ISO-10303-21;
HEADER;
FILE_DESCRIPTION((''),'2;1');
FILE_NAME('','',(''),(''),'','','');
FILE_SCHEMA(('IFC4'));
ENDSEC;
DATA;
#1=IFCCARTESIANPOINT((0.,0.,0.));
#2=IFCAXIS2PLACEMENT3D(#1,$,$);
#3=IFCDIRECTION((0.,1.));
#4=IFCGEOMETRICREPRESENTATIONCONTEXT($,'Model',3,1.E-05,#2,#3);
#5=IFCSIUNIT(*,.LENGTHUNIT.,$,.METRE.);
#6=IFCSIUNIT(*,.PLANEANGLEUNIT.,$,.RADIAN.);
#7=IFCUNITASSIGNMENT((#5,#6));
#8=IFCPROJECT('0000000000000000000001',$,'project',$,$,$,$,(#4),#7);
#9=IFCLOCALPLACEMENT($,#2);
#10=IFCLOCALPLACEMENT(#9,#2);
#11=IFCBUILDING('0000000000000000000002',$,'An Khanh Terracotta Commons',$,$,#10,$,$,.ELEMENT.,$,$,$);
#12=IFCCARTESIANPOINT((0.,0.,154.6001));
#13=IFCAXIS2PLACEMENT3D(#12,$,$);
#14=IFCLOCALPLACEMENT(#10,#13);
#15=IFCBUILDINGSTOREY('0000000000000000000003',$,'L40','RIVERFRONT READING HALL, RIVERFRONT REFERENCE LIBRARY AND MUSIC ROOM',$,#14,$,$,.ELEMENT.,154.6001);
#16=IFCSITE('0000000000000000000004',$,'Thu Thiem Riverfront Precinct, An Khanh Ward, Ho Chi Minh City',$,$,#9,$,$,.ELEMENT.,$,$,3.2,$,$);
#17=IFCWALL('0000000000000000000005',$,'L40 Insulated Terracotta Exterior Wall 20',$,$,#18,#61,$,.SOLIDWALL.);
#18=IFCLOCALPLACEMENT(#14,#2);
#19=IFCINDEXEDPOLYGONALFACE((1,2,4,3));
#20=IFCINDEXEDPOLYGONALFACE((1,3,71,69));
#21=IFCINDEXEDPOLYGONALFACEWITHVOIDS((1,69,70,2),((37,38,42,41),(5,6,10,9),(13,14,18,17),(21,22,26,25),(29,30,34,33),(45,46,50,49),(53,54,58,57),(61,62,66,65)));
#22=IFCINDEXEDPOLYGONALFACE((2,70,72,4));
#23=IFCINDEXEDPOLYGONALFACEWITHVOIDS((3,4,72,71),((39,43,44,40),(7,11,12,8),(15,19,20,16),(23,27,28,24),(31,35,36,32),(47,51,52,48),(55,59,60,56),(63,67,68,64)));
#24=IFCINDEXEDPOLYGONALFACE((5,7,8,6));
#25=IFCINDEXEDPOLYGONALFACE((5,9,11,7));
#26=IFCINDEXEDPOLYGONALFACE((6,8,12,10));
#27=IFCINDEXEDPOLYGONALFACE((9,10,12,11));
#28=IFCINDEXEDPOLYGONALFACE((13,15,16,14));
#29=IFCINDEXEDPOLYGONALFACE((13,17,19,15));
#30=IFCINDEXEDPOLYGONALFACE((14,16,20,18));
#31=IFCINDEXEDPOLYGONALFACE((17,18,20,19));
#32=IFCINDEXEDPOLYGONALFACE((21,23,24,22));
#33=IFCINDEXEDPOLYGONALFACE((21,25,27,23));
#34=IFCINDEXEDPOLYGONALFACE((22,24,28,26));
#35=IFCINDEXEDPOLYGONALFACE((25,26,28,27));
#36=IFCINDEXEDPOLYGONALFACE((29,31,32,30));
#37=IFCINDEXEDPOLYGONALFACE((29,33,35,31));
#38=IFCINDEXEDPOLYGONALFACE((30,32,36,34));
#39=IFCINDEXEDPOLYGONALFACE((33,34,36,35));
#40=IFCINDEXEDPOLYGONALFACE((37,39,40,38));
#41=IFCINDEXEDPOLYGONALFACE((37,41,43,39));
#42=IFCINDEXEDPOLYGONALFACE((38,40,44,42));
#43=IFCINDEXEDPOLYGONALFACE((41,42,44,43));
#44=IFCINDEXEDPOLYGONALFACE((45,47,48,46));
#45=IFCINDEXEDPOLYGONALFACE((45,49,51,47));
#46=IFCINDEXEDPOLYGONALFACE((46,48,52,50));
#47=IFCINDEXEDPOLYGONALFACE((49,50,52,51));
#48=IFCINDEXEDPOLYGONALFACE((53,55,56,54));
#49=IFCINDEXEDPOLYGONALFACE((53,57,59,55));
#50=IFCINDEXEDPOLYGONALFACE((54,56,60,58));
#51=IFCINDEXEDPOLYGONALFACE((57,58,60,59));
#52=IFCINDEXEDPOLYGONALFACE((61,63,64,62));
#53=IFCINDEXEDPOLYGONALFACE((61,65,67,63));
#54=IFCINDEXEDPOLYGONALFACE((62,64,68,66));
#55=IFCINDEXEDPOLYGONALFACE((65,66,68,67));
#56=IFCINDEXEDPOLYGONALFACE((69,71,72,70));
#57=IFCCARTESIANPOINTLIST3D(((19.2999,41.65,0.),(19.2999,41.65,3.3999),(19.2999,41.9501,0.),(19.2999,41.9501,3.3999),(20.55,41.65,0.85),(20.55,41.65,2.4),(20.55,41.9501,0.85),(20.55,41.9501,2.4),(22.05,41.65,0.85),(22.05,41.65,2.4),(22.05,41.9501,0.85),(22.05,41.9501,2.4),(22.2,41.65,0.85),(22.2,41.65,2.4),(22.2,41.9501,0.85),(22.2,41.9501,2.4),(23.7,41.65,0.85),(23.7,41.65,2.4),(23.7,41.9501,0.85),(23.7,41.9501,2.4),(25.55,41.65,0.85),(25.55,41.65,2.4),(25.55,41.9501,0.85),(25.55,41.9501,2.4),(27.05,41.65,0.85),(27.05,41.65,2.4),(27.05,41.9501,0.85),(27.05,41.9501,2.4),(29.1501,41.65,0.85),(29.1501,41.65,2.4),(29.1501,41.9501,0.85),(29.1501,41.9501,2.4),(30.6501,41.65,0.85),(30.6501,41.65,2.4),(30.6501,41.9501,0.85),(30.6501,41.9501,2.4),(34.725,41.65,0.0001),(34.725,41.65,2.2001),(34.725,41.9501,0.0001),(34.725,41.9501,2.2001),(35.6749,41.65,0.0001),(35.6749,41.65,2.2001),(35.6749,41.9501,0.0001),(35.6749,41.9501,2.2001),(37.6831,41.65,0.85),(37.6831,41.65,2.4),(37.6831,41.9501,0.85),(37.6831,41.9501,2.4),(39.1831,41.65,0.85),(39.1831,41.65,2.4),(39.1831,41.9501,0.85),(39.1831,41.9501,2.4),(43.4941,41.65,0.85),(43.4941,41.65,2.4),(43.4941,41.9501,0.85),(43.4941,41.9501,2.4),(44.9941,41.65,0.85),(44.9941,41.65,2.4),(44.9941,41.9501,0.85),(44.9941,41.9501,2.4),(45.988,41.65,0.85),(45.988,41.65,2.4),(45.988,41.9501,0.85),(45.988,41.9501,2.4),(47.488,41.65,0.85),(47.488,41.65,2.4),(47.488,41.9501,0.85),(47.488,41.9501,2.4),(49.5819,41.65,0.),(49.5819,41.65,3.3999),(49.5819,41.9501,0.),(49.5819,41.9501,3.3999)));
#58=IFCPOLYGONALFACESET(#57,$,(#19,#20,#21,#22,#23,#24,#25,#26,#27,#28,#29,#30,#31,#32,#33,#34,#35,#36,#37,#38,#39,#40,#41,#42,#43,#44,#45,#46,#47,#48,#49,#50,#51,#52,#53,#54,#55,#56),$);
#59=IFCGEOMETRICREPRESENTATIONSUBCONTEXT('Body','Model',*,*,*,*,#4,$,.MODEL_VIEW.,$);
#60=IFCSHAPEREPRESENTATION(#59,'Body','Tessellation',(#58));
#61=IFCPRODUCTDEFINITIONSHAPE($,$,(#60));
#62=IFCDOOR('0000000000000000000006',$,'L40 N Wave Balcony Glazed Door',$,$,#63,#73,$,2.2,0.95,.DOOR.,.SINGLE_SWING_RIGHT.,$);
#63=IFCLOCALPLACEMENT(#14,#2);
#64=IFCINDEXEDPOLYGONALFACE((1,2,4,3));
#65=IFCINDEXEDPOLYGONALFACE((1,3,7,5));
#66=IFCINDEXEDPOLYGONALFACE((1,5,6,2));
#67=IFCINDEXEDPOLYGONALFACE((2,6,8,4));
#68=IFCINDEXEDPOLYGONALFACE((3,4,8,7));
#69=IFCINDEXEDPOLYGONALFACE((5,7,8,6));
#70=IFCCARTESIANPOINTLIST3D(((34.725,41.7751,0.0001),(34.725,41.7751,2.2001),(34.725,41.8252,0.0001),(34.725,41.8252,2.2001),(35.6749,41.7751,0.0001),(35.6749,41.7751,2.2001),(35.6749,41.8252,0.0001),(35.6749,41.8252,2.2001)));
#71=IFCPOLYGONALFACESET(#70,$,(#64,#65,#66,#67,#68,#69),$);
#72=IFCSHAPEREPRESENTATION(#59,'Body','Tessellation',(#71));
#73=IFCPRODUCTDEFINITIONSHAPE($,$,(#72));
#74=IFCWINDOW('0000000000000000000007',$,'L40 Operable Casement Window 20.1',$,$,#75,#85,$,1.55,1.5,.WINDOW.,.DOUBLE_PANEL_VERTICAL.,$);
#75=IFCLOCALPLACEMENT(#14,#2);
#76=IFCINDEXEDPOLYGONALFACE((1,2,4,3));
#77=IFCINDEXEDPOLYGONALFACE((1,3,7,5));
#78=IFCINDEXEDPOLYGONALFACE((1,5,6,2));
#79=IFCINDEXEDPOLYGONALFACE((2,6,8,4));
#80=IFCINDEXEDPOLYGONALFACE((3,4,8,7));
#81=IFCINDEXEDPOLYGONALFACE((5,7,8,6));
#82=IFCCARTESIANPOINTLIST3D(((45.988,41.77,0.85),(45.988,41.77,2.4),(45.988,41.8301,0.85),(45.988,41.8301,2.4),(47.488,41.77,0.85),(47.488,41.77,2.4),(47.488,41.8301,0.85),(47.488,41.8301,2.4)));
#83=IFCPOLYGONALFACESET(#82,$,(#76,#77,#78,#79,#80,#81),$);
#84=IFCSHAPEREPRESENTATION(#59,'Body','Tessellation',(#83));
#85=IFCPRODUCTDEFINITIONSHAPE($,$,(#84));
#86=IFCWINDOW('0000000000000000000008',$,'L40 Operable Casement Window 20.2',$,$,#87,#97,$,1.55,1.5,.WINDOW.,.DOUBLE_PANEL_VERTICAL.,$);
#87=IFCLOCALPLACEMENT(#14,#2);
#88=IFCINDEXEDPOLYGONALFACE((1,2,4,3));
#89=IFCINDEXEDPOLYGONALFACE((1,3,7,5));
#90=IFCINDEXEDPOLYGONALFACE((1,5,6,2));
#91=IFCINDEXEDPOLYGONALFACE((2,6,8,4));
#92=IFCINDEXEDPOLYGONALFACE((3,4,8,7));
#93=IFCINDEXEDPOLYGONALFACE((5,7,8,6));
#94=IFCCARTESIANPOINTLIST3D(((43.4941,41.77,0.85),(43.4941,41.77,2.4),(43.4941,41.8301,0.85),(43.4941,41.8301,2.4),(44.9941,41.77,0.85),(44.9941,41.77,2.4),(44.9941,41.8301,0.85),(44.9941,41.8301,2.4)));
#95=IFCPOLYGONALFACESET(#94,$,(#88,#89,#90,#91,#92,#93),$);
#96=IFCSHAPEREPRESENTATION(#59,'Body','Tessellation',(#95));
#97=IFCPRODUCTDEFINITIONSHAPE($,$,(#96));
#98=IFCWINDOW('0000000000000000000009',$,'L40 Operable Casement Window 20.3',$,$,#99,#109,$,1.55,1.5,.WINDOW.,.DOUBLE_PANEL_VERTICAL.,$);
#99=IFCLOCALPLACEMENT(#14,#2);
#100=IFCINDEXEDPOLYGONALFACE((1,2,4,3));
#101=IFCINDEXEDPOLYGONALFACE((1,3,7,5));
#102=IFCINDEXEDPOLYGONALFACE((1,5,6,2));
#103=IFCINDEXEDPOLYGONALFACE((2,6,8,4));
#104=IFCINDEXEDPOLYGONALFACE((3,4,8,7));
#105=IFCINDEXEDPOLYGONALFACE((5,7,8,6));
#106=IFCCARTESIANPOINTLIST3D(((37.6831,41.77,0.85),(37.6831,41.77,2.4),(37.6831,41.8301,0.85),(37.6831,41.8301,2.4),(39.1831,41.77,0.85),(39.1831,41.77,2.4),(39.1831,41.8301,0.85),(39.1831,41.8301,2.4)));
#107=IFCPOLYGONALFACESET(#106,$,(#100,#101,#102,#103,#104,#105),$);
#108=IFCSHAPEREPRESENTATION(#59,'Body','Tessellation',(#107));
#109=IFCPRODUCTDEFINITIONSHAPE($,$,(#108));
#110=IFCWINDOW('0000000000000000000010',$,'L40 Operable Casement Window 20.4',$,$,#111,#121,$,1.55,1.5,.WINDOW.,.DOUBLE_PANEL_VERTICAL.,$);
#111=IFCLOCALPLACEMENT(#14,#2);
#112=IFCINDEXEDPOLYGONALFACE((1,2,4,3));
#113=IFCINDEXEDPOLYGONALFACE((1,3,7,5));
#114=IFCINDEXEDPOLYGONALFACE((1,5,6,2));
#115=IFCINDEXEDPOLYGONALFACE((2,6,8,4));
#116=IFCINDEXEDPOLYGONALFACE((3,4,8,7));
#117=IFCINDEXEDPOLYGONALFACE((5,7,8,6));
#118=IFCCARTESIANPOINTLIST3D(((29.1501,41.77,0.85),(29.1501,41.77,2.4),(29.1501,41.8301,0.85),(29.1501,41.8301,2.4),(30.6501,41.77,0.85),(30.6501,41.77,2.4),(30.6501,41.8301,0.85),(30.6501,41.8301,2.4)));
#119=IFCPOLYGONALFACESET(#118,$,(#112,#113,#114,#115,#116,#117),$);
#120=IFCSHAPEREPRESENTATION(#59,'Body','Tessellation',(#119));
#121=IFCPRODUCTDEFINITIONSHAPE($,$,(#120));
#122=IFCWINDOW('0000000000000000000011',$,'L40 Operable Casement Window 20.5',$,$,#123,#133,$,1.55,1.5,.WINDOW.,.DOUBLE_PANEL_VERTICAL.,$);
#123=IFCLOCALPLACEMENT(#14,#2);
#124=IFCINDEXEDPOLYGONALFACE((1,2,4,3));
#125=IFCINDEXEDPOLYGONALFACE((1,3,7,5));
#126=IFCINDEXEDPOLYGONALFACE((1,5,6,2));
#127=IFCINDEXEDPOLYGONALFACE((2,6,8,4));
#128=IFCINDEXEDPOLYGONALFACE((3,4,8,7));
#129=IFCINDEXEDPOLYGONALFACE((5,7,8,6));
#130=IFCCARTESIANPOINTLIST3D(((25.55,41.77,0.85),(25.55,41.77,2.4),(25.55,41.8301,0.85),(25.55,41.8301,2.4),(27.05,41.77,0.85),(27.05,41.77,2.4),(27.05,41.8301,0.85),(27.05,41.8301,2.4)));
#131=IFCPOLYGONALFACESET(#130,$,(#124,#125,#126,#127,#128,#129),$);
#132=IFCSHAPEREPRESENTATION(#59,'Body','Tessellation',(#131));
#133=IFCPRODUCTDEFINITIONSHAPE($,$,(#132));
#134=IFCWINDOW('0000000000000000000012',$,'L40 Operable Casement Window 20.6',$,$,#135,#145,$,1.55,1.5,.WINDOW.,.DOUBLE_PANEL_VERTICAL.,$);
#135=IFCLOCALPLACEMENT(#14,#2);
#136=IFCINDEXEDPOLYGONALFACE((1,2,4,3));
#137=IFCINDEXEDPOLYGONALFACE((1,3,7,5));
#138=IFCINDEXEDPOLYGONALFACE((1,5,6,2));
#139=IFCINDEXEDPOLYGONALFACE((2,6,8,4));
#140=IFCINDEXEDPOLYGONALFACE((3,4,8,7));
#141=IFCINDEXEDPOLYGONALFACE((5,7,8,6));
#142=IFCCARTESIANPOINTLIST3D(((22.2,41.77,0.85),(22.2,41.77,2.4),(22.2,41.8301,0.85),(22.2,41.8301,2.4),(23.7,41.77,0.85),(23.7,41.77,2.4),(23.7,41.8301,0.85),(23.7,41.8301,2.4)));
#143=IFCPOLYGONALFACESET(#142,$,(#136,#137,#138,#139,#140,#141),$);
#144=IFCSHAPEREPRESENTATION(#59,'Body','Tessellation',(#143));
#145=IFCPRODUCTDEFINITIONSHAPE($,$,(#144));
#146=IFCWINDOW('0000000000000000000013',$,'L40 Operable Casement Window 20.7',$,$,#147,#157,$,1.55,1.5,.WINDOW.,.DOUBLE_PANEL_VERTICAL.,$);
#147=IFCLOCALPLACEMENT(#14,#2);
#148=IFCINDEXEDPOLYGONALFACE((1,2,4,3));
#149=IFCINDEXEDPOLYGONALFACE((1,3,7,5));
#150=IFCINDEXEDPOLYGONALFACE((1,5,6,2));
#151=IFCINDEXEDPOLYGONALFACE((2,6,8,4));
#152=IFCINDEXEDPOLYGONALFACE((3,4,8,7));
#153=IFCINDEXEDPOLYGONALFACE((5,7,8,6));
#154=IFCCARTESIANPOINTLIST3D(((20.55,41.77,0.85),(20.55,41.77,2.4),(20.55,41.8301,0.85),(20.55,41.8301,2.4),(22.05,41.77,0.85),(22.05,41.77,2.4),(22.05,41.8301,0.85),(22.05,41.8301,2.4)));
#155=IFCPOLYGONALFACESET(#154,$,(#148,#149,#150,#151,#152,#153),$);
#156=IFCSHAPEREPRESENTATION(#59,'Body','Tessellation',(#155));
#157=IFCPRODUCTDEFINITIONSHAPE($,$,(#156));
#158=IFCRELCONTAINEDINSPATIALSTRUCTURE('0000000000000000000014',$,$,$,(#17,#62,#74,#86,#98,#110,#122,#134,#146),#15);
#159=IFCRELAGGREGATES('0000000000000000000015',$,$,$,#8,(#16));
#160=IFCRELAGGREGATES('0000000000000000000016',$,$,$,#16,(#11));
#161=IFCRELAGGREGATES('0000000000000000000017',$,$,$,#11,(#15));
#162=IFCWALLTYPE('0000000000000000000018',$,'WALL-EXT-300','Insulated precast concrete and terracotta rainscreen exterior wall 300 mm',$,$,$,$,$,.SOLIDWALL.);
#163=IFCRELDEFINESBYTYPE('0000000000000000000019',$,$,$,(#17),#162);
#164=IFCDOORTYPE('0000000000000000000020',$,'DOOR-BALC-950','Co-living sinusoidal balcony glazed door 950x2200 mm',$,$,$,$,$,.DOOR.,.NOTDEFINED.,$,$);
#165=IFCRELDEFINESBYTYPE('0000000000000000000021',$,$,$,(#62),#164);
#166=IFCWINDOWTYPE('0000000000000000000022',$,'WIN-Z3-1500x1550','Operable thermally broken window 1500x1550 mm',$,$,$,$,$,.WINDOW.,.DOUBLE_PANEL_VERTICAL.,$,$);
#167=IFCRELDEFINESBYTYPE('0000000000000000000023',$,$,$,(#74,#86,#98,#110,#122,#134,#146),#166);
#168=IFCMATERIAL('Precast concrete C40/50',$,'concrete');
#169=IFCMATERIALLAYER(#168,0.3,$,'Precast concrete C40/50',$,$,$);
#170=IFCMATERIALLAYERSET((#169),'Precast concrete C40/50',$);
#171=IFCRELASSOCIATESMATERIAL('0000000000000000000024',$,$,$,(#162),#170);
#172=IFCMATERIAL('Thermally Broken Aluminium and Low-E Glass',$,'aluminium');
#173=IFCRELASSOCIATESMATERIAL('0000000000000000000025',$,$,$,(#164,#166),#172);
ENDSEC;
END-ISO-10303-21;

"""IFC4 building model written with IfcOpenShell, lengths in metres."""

from ifc_helpers import new_model, si_unit, direction, frame, frame_2d, origin, place, context, subcontext, project, spatial, rectangle, extrude, material, layer, layer_set, type_object, element, fill, save


model = new_model("IFC4")

# Units and contexts
model_context = context("Model", 3, precision=1e-05, world=origin(), true_north=direction((0.0, 1.0)))
body_context = subcontext(model_context, "Body", "Model", "MODEL_VIEW")
ifc_project = project(units=[si_unit("LENGTHUNIT", "METRE"), si_unit("PLANEANGLEUNIT", "RADIAN")], contexts=[model_context])

# Site, building, storey
site_placement = place(None, origin())
site = spatial("IfcSite", under=ifc_project, at=site_placement, Name="Thu Thiem Riverfront Precinct, An Khanh Ward, Ho Chi Minh City", CompositionType="ELEMENT", RefElevation=3.2)
building_placement = place(site_placement, origin())
building = spatial("IfcBuilding", under=site, at=building_placement, Name="An Khanh Terracotta Commons", CompositionType="ELEMENT")
storey_placement = place(building_placement, frame((0.0, 0.0, 154.6001)))
storey = spatial("IfcBuildingStorey", under=building, at=storey_placement, Name="L40", Description="RIVERFRONT READING HALL, RIVERFRONT REFERENCE LIBRARY AND MUSIC ROOM", CompositionType="ELEMENT", Elevation=154.6001)

# Wall, openings, door, windows
ifc_material_1 = material(Name="Precast concrete C40/50", Category="concrete")
ifc_layer_1 = layer(ifc_material_1, 0.3, Name="Precast concrete C40/50")
ifc_layer_set_1 = layer_set([ifc_layer_1], Name="Precast concrete C40/50")
wall_type_1 = type_object("IfcWallType", Name="WALL-EXT-300", Description="Insulated precast concrete and terracotta rainscreen exterior wall 300 mm", PredefinedType="SOLIDWALL", material=ifc_layer_set_1)
wall_1_placement = place(storey_placement, frame((49.582, 41.8, 0.0), z_axis=(0.0, 0.0, 1.0), x_axis=(-1.0, 0.0, 0.0)))
wall_1 = element("IfcWall", 1, at=wall_1_placement, inside=storey, type_object=wall_type_1, Name="L40 Insulated Terracotta Exterior Wall 20", PredefinedType="SOLIDWALL", context=body_context, shape_type="SweptSolid", body=[
    extrude(rectangle(XDim=30.282, YDim=0.3, at=frame_2d((15.1411, 0.0))), origin(), (0.0, 0.0, 1.0), 3.3999),
])
opening_1_placement = place(wall_1_placement, frame((13.907, 0.0, 0.0)))
opening_1 = element("IfcOpeningElement", 2, at=opening_1_placement, cuts=wall_1, PredefinedType="OPENING", context=body_context, shape_type="SweptSolid", body=[
    extrude(rectangle(XDim=0.95, YDim=2.2, at=frame_2d((0.4751, 1.1001))), frame((0.0, 0.1599, 0.0), z_axis=(0.0, -1.0, 0.0), x_axis=(1.0, 0.0, 0.0)), (0.0, 0.0, 1.0), 0.3201),
])
opening_2_placement = place(wall_1_placement, frame((2.094, 0.0, 0.8501)))
opening_2 = element("IfcOpeningElement", 3, at=opening_2_placement, cuts=wall_1, PredefinedType="OPENING", context=body_context, shape_type="SweptSolid", body=[
    extrude(rectangle(XDim=1.5, YDim=1.55, at=frame_2d((0.75, 0.7749))), frame((0.0, 0.1599, 0.0), z_axis=(0.0, -1.0, 0.0), x_axis=(1.0, 0.0, 0.0)), (0.0, 0.0, 1.0), 0.3201),
])
opening_3_placement = place(wall_1_placement, frame((4.5879, 0.0, 0.8501)))
opening_3 = element("IfcOpeningElement", 4, at=opening_3_placement, cuts=wall_1, PredefinedType="OPENING", context=body_context, shape_type="SweptSolid", body=[
    extrude(rectangle(XDim=1.5, YDim=1.55, at=frame_2d((0.75, 0.7749))), frame((0.0, 0.1599, 0.0), z_axis=(0.0, -1.0, 0.0), x_axis=(1.0, 0.0, 0.0)), (0.0, 0.0, 1.0), 0.3201),
])
opening_4_placement = place(wall_1_placement, frame((10.3989, 0.0, 0.8501)))
opening_4 = element("IfcOpeningElement", 5, at=opening_4_placement, cuts=wall_1, PredefinedType="OPENING", context=body_context, shape_type="SweptSolid", body=[
    extrude(rectangle(XDim=1.5, YDim=1.55, at=frame_2d((0.75, 0.7749))), frame((0.0, 0.1599, 0.0), z_axis=(0.0, -1.0, 0.0), x_axis=(1.0, 0.0, 0.0)), (0.0, 0.0, 1.0), 0.3201),
])
opening_5_placement = place(wall_1_placement, frame((18.9319, 0.0, 0.8501)))
opening_5 = element("IfcOpeningElement", 6, at=opening_5_placement, cuts=wall_1, PredefinedType="OPENING", context=body_context, shape_type="SweptSolid", body=[
    extrude(rectangle(XDim=1.5, YDim=1.55, at=frame_2d((0.75, 0.7749))), frame((0.0, 0.1599, 0.0), z_axis=(0.0, -1.0, 0.0), x_axis=(1.0, 0.0, 0.0)), (0.0, 0.0, 1.0), 0.3201),
])
opening_6_placement = place(wall_1_placement, frame((22.532, 0.0, 0.8501)))
opening_6 = element("IfcOpeningElement", 7, at=opening_6_placement, cuts=wall_1, PredefinedType="OPENING", context=body_context, shape_type="SweptSolid", body=[
    extrude(rectangle(XDim=1.5, YDim=1.55, at=frame_2d((0.75, 0.7749))), frame((0.0, 0.1599, 0.0), z_axis=(0.0, -1.0, 0.0), x_axis=(1.0, 0.0, 0.0)), (0.0, 0.0, 1.0), 0.3201),
])
opening_7_placement = place(wall_1_placement, frame((25.8821, 0.0, 0.8501)))
opening_7 = element("IfcOpeningElement", 8, at=opening_7_placement, cuts=wall_1, PredefinedType="OPENING", context=body_context, shape_type="SweptSolid", body=[
    extrude(rectangle(XDim=1.5, YDim=1.55, at=frame_2d((0.75, 0.7749))), frame((0.0, 0.1599, 0.0), z_axis=(0.0, -1.0, 0.0), x_axis=(1.0, 0.0, 0.0)), (0.0, 0.0, 1.0), 0.3201),
])
opening_8_placement = place(wall_1_placement, frame((27.532, 0.0, 0.8501)))
opening_8 = element("IfcOpeningElement", 9, at=opening_8_placement, cuts=wall_1, PredefinedType="OPENING", context=body_context, shape_type="SweptSolid", body=[
    extrude(rectangle(XDim=1.5, YDim=1.55, at=frame_2d((0.75, 0.7749))), frame((0.0, 0.1599, 0.0), z_axis=(0.0, -1.0, 0.0), x_axis=(1.0, 0.0, 0.0)), (0.0, 0.0, 1.0), 0.3201),
])
ifc_material_2 = material(Name="Thermally Broken Aluminium and Low-E Glass", Category="aluminium")
door_type_1 = type_object("IfcDoorType", Name="DOOR-BALC-950", Description="Co-living sinusoidal balcony glazed door 950x2200 mm", OperationType="NOTDEFINED", PredefinedType="DOOR", material=ifc_material_2)
door_1_placement = place(opening_1_placement, origin())
door_1 = element("IfcDoor", 10, at=door_1_placement, inside=storey, type_object=door_type_1, Name="L40 N Wave Balcony Glazed Door", OperationType="SINGLE_SWING_RIGHT", OverallHeight=2.2, OverallWidth=0.95, PredefinedType="DOOR", context=body_context, shape_type="SweptSolid", body=[
    extrude(rectangle(XDim=0.95, YDim=2.2, at=frame_2d((0.4751, 1.1001))), frame((0.0, 0.0249, 0.0), z_axis=(0.0, -1.0, 0.0), x_axis=(1.0, 0.0, 0.0)), (0.0, 0.0, 1.0), 0.05),
])
fill(opening_1, door_1)
window_type = type_object("IfcWindowType", Name="WIN-Z3-1500x1550", Description="Operable thermally broken window 1500x1550 mm", PartitioningType="DOUBLE_PANEL_VERTICAL", PredefinedType="WINDOW", material=ifc_material_2)
window_1_placement = place(opening_2_placement, origin())
window_1 = element("IfcWindow", 11, at=window_1_placement, inside=storey, type_object=window_type, Name="L40 Operable Casement Window 20.1", OverallHeight=1.55, OverallWidth=1.5, PartitioningType="DOUBLE_PANEL_VERTICAL", PredefinedType="WINDOW", context=body_context, shape_type="SweptSolid", body=[
    extrude(rectangle(XDim=1.5, YDim=1.55, at=frame_2d((0.75, 0.7749))), frame((0.0, 0.03, 0.0), z_axis=(0.0, -1.0, 0.0), x_axis=(1.0, 0.0, 0.0)), (0.0, 0.0, 1.0), 0.0601),
])
fill(opening_2, window_1)
window_2_placement = place(opening_3_placement, origin())
window_2 = element("IfcWindow", 12, at=window_2_placement, inside=storey, type_object=window_type, Name="L40 Operable Casement Window 20.2", OverallHeight=1.55, OverallWidth=1.5, PartitioningType="DOUBLE_PANEL_VERTICAL", PredefinedType="WINDOW", context=body_context, shape_type="SweptSolid", body=[
    extrude(rectangle(XDim=1.5, YDim=1.55, at=frame_2d((0.75, 0.7749))), frame((0.0, 0.03, 0.0), z_axis=(0.0, -1.0, 0.0), x_axis=(1.0, 0.0, 0.0)), (0.0, 0.0, 1.0), 0.0601),
])
fill(opening_3, window_2)
window_3_placement = place(opening_4_placement, origin())
window_3 = element("IfcWindow", 13, at=window_3_placement, inside=storey, type_object=window_type, Name="L40 Operable Casement Window 20.3", OverallHeight=1.55, OverallWidth=1.5, PartitioningType="DOUBLE_PANEL_VERTICAL", PredefinedType="WINDOW", context=body_context, shape_type="SweptSolid", body=[
    extrude(rectangle(XDim=1.5, YDim=1.55, at=frame_2d((0.75, 0.7749))), frame((0.0, 0.03, 0.0), z_axis=(0.0, -1.0, 0.0), x_axis=(1.0, 0.0, 0.0)), (0.0, 0.0, 1.0), 0.0601),
])
fill(opening_4, window_3)
window_4_placement = place(opening_5_placement, origin())
window_4 = element("IfcWindow", 14, at=window_4_placement, inside=storey, type_object=window_type, Name="L40 Operable Casement Window 20.4", OverallHeight=1.55, OverallWidth=1.5, PartitioningType="DOUBLE_PANEL_VERTICAL", PredefinedType="WINDOW", context=body_context, shape_type="SweptSolid", body=[
    extrude(rectangle(XDim=1.5, YDim=1.55, at=frame_2d((0.75, 0.7749))), frame((0.0, 0.03, 0.0), z_axis=(0.0, -1.0, 0.0), x_axis=(1.0, 0.0, 0.0)), (0.0, 0.0, 1.0), 0.0601),
])
fill(opening_5, window_4)
window_5_placement = place(opening_6_placement, origin())
window_5 = element("IfcWindow", 15, at=window_5_placement, inside=storey, type_object=window_type, Name="L40 Operable Casement Window 20.5", OverallHeight=1.55, OverallWidth=1.5, PartitioningType="DOUBLE_PANEL_VERTICAL", PredefinedType="WINDOW", context=body_context, shape_type="SweptSolid", body=[
    extrude(rectangle(XDim=1.5, YDim=1.55, at=frame_2d((0.75, 0.7749))), frame((0.0, 0.03, 0.0), z_axis=(0.0, -1.0, 0.0), x_axis=(1.0, 0.0, 0.0)), (0.0, 0.0, 1.0), 0.0601),
])
fill(opening_6, window_5)
window_6_placement = place(opening_7_placement, origin())
window_6 = element("IfcWindow", 16, at=window_6_placement, inside=storey, type_object=window_type, Name="L40 Operable Casement Window 20.6", OverallHeight=1.55, OverallWidth=1.5, PartitioningType="DOUBLE_PANEL_VERTICAL", PredefinedType="WINDOW", context=body_context, shape_type="SweptSolid", body=[
    extrude(rectangle(XDim=1.5, YDim=1.55, at=frame_2d((0.75, 0.7749))), frame((0.0, 0.03, 0.0), z_axis=(0.0, -1.0, 0.0), x_axis=(1.0, 0.0, 0.0)), (0.0, 0.0, 1.0), 0.0601),
])
fill(opening_7, window_6)
window_7_placement = place(opening_8_placement, origin())
window_7 = element("IfcWindow", 17, at=window_7_placement, inside=storey, type_object=window_type, Name="L40 Operable Casement Window 20.7", OverallHeight=1.55, OverallWidth=1.5, PartitioningType="DOUBLE_PANEL_VERTICAL", PredefinedType="WINDOW", context=body_context, shape_type="SweptSolid", body=[
    extrude(rectangle(XDim=1.5, YDim=1.55, at=frame_2d((0.75, 0.7749))), frame((0.0, 0.03, 0.0), z_axis=(0.0, -1.0, 0.0), x_axis=(1.0, 0.0, 0.0)), (0.0, 0.0, 1.0), 0.0601),
])
fill(opening_8, window_7)

save(model, "model.ifc")
